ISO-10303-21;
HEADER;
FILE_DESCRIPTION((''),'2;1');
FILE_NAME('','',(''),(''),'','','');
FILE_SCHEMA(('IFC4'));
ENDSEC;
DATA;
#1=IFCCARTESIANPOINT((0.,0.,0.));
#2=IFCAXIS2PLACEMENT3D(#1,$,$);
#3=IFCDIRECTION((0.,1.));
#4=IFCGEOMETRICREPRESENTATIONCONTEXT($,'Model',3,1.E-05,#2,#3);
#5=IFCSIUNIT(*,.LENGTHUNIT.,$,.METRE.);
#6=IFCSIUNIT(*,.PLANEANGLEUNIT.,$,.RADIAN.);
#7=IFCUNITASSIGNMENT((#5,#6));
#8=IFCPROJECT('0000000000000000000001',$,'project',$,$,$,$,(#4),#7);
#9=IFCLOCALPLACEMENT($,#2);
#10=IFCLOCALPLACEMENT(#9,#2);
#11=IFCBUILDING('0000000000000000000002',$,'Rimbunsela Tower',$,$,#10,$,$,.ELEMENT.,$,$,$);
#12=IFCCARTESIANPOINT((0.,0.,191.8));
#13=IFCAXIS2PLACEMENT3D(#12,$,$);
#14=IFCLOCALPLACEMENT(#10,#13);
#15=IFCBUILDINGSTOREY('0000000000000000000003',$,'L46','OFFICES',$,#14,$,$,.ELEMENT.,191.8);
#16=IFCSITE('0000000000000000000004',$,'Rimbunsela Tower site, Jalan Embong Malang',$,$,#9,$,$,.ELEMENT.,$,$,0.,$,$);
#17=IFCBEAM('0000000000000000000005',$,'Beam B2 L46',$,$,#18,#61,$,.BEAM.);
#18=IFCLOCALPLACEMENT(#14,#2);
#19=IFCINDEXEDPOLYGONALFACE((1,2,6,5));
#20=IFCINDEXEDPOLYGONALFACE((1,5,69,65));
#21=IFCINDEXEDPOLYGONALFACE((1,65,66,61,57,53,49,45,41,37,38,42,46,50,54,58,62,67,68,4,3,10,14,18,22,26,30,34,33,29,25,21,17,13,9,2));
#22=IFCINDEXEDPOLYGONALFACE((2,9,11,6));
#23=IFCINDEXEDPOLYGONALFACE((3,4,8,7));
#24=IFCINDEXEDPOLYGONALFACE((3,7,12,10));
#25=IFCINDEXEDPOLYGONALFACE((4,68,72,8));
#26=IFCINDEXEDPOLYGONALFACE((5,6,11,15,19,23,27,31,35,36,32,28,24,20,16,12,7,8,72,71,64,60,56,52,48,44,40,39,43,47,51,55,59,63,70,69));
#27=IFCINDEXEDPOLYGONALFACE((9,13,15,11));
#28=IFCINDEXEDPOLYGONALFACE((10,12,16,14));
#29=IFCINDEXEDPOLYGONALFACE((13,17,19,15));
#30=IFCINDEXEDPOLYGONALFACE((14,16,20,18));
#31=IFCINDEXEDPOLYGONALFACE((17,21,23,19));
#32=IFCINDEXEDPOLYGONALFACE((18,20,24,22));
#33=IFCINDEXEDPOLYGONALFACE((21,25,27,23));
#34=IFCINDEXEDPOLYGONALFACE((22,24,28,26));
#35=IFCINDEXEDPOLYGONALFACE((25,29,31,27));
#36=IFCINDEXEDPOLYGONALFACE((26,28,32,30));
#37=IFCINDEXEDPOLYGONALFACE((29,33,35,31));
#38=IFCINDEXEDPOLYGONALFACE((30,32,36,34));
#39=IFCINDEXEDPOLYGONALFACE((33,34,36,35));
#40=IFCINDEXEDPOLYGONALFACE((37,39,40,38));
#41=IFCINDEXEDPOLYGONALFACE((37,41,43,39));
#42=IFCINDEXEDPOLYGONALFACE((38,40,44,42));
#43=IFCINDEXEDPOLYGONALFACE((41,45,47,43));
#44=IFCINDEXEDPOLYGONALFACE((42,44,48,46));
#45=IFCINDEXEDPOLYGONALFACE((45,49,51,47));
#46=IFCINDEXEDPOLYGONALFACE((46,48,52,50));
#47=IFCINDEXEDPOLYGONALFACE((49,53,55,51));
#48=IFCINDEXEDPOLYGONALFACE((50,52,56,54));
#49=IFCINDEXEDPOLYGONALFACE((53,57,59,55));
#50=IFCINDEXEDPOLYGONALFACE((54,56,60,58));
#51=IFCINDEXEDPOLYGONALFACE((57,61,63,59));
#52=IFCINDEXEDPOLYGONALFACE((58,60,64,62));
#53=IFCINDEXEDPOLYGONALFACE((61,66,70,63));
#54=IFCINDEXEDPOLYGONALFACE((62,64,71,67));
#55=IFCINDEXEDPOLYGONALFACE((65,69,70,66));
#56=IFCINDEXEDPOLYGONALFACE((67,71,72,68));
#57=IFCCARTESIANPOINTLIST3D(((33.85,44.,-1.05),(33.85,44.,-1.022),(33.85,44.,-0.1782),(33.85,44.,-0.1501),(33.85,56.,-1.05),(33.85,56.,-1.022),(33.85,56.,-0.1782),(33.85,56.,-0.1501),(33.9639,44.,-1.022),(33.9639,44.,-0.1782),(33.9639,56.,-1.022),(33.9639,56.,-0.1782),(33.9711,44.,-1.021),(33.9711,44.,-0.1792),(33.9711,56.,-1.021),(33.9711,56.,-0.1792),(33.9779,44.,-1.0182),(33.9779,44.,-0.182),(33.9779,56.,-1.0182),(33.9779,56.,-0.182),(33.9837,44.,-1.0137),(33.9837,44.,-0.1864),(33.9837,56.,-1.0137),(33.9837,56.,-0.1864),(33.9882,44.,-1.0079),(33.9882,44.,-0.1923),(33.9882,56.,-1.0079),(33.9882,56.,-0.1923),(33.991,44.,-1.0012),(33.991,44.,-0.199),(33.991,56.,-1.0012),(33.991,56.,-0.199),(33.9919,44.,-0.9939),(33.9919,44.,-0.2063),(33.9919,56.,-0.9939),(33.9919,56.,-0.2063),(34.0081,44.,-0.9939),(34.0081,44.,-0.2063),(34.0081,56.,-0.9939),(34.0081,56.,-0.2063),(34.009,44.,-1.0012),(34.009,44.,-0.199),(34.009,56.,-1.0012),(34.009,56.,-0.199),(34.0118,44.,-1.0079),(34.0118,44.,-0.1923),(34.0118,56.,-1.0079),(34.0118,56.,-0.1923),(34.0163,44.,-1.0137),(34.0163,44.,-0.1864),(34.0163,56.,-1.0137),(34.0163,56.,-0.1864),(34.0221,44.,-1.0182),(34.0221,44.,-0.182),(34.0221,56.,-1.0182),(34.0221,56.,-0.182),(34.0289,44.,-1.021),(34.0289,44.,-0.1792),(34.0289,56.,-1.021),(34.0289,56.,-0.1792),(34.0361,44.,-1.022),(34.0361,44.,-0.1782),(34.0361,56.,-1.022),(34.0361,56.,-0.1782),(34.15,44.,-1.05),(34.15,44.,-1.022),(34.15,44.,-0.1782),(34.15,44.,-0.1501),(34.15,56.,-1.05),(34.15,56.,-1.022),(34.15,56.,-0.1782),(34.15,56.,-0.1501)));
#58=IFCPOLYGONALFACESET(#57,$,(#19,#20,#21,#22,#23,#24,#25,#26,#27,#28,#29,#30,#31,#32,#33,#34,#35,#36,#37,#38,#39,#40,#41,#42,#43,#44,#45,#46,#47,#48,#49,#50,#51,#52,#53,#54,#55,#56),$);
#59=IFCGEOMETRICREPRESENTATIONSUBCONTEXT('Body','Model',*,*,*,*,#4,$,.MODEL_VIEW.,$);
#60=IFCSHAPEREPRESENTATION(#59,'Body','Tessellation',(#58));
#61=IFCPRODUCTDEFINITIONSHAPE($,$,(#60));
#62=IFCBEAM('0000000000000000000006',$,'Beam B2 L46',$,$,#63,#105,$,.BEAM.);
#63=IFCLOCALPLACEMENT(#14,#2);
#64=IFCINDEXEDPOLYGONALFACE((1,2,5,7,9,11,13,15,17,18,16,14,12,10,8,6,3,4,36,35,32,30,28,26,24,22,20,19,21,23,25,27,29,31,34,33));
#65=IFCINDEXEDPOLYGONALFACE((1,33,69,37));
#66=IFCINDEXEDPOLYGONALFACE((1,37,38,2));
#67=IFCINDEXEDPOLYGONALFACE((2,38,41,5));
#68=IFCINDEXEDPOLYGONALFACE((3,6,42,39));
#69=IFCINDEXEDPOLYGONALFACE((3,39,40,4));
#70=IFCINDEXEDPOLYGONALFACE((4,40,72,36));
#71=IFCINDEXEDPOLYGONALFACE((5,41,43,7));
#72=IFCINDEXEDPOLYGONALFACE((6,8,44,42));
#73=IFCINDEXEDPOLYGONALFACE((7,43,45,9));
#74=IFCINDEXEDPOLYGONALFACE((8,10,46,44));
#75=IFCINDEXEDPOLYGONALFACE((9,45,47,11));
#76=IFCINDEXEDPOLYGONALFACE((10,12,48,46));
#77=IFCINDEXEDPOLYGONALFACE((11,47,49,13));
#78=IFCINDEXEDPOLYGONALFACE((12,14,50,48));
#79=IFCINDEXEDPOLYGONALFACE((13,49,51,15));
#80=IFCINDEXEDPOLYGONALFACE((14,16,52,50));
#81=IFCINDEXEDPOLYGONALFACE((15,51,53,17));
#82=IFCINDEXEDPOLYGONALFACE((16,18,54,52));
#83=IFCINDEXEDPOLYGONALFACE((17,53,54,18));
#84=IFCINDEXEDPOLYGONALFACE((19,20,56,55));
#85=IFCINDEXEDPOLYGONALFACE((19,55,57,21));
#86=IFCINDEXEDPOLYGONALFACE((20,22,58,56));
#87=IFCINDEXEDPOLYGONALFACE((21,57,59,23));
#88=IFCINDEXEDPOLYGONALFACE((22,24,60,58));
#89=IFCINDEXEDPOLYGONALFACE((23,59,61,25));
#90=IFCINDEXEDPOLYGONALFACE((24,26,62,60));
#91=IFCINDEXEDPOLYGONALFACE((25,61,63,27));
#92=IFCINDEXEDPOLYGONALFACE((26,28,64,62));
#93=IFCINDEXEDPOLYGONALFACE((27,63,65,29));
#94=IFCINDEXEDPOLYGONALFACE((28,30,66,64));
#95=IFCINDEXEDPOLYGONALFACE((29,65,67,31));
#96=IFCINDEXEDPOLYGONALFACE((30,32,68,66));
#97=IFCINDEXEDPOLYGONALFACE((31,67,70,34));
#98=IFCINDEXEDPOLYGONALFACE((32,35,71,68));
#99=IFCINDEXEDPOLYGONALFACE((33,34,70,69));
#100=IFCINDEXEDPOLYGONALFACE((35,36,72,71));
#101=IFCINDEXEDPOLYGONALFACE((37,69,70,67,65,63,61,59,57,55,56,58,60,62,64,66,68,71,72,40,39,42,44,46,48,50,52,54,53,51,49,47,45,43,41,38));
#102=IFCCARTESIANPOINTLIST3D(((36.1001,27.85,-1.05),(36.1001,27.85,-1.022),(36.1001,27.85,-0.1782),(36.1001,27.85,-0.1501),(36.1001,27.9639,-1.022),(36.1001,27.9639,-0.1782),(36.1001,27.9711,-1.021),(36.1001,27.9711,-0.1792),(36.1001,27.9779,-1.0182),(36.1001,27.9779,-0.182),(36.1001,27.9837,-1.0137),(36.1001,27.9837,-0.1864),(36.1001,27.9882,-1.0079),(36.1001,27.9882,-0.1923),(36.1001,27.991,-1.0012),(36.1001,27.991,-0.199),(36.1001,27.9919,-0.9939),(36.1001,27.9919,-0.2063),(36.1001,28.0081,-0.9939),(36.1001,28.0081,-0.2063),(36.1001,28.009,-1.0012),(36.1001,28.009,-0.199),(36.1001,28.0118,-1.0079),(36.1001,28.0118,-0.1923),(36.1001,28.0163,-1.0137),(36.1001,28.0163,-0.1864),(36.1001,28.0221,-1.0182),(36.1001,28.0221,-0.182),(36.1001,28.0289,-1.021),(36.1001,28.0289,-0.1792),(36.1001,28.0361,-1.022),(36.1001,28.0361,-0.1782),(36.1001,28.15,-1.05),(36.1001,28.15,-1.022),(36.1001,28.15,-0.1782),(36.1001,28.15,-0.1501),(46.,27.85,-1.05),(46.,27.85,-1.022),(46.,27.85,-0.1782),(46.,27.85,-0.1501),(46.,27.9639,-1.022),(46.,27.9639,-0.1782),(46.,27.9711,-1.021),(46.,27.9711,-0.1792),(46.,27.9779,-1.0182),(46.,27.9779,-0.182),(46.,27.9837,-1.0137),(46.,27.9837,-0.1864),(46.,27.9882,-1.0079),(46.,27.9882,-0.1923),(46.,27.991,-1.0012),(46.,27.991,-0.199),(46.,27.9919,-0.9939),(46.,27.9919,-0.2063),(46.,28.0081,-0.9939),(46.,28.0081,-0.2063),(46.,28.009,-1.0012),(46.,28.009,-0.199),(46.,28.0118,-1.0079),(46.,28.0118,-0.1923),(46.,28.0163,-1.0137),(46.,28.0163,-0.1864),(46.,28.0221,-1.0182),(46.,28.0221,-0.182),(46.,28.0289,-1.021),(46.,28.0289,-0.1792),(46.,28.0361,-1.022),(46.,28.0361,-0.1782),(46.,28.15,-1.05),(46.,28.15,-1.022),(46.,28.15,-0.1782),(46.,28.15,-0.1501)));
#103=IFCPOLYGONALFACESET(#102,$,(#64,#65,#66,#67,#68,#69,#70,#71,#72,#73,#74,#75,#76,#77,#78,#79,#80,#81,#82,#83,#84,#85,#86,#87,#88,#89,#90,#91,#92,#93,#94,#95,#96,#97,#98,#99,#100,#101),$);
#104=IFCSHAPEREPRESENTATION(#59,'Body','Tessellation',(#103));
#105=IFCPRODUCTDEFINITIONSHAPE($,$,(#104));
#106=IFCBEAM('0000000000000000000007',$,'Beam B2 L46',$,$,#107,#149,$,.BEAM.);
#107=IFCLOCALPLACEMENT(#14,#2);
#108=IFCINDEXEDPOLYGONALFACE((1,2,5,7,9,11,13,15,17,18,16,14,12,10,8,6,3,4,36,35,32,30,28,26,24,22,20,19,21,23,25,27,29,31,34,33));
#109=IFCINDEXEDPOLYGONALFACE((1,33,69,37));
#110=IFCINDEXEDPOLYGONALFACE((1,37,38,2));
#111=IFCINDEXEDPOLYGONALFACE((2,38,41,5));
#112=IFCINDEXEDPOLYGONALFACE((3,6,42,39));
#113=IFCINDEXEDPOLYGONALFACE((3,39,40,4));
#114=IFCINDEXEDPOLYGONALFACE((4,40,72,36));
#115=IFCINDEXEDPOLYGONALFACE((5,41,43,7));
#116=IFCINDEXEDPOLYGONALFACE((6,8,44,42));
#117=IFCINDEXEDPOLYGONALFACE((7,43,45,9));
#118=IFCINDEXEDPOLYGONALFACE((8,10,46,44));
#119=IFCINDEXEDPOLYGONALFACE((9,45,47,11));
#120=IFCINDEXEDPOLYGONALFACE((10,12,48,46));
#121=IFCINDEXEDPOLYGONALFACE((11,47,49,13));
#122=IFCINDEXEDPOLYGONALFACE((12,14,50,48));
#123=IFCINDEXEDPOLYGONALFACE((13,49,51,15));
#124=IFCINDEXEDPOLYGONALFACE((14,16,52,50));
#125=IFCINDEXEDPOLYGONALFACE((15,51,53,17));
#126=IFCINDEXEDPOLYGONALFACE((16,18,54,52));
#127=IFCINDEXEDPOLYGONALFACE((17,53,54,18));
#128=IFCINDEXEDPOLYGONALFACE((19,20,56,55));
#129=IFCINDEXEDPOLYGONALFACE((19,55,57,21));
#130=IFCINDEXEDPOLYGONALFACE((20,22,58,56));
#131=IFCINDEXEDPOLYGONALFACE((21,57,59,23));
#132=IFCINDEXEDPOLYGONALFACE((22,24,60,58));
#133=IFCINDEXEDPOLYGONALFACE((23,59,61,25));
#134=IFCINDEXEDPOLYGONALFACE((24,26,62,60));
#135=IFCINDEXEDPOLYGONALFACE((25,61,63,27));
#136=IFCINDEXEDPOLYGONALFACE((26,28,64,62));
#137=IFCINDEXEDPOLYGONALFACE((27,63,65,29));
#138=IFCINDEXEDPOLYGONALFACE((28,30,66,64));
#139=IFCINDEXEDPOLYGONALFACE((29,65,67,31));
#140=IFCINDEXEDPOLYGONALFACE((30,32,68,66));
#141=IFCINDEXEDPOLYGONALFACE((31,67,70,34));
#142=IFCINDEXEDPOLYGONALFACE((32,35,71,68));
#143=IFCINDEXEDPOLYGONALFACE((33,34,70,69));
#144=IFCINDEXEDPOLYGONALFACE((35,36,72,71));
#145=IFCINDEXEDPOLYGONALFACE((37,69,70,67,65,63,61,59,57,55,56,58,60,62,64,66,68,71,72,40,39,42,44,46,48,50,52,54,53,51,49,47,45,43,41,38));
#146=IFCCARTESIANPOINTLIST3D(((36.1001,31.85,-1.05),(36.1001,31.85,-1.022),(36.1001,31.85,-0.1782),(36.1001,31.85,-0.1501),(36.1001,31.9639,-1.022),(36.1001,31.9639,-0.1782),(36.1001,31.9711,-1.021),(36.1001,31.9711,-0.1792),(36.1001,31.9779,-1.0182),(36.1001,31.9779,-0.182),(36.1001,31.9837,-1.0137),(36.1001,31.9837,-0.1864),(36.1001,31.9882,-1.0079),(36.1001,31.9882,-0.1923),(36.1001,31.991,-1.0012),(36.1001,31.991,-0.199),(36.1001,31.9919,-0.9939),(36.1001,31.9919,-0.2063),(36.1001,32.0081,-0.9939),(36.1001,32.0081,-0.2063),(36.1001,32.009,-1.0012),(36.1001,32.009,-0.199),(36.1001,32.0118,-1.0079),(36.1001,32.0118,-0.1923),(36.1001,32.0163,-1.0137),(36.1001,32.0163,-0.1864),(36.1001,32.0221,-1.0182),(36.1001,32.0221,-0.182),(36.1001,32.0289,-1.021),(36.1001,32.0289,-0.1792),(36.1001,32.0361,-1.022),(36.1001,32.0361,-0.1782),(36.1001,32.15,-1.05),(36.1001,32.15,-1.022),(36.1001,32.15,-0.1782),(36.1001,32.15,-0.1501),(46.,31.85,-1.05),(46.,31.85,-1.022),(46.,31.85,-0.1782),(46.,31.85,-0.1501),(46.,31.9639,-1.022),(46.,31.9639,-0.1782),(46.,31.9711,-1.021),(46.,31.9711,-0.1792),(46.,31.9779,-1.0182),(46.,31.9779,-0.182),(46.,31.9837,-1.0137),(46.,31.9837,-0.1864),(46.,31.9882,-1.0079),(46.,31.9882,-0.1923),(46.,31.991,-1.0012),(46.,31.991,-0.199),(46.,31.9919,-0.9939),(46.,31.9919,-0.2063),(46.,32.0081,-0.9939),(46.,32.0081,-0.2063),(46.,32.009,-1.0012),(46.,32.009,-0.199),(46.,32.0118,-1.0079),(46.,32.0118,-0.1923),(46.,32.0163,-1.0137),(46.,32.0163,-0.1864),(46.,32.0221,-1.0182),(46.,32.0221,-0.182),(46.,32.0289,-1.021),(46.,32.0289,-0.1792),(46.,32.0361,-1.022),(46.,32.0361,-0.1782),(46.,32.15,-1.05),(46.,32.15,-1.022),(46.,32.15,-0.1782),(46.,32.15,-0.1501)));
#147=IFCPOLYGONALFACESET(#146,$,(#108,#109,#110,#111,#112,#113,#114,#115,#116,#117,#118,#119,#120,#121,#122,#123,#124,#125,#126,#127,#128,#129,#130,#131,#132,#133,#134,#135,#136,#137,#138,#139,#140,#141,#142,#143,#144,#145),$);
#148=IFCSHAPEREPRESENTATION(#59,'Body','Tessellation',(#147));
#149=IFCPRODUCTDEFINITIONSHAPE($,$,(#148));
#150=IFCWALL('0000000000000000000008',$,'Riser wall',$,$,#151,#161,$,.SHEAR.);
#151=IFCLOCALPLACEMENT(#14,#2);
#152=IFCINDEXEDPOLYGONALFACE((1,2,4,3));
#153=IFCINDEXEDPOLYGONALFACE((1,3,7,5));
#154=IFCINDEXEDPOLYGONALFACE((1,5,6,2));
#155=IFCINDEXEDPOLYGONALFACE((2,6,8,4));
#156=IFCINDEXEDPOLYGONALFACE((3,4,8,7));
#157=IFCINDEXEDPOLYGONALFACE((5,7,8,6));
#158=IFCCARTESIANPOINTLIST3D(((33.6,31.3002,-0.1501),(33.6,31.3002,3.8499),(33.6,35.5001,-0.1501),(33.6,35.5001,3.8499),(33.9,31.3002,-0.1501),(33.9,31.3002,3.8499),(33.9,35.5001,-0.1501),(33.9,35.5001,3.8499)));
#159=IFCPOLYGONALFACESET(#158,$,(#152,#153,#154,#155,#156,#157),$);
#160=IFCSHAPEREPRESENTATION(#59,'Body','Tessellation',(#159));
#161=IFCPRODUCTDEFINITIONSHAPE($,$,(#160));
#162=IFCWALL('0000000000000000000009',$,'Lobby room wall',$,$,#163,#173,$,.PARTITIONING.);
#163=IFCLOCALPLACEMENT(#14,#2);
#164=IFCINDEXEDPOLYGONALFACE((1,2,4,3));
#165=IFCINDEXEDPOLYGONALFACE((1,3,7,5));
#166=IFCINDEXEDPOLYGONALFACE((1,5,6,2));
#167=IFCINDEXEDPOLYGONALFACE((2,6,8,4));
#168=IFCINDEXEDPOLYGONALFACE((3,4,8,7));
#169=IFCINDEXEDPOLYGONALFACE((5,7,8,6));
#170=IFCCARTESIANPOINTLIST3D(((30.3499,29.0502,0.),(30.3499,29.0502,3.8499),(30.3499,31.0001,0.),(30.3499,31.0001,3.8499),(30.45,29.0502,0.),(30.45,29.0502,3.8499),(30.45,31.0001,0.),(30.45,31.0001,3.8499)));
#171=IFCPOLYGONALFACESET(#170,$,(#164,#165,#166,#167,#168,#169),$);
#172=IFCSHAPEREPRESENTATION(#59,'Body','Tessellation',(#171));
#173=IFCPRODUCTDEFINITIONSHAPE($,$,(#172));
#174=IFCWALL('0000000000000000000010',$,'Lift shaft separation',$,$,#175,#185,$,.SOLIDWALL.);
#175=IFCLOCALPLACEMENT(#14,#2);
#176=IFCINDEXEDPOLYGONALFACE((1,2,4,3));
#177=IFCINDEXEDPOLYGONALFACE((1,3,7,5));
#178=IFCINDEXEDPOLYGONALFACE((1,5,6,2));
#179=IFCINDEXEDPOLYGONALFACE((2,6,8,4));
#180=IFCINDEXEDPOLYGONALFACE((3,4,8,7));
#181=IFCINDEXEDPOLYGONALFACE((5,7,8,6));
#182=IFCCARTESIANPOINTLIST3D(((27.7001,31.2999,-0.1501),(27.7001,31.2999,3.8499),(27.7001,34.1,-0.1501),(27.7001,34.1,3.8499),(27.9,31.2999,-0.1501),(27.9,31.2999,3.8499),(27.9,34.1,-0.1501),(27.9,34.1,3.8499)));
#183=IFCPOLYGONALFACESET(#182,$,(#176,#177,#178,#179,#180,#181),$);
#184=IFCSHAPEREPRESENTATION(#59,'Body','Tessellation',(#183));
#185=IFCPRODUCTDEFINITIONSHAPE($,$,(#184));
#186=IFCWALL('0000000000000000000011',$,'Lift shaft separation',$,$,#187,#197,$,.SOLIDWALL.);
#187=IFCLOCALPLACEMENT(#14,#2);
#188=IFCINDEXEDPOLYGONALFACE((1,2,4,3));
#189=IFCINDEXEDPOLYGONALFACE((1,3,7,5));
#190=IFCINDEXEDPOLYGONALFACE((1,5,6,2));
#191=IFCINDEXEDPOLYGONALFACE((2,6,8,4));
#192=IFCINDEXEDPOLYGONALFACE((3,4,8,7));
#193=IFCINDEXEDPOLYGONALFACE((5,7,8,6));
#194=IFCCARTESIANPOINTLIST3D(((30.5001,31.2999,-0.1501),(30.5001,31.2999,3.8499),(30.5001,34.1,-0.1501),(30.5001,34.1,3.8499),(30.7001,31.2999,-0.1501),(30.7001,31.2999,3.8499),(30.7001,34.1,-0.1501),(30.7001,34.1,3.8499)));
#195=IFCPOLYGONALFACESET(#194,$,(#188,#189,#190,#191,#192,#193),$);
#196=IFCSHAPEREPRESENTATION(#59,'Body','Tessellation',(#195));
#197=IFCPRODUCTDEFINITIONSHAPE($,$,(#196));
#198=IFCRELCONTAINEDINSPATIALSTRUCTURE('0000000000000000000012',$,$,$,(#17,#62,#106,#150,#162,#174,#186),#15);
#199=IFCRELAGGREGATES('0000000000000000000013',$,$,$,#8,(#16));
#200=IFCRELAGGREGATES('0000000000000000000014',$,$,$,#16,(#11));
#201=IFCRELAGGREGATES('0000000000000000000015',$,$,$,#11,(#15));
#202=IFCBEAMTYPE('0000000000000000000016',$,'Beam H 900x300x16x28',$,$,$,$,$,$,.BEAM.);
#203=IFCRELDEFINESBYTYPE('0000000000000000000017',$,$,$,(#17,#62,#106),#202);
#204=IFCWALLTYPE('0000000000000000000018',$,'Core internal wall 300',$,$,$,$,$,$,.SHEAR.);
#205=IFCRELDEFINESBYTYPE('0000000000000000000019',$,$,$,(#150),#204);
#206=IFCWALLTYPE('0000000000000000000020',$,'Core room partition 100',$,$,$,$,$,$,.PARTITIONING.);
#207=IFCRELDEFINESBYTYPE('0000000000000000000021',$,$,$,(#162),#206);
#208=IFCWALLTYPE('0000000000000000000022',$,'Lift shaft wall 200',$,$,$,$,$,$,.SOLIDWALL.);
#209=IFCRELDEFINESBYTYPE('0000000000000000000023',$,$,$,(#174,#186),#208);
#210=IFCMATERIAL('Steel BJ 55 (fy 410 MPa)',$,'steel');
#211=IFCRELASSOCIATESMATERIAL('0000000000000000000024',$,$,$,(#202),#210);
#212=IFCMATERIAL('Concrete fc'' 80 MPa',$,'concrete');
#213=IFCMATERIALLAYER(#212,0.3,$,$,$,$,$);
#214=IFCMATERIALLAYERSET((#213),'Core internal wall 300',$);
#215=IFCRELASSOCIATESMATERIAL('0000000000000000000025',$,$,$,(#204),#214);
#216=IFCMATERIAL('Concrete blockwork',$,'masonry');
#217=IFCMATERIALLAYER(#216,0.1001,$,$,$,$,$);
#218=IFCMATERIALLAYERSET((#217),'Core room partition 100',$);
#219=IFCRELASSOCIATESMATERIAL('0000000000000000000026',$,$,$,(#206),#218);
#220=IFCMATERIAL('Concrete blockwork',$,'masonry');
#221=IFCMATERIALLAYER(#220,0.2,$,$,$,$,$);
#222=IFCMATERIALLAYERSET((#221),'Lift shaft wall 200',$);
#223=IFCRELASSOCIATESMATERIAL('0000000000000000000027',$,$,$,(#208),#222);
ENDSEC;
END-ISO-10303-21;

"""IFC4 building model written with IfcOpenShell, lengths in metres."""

from ifc_helpers import new_model, si_unit, direction, frame, frame_2d, origin, origin_2d, place, context, subcontext, project, spatial, rectangle, i_section, extrude, material, layer, layer_set, material_profile, profile_set, type_object, element, save


model = new_model("IFC4")

# Units and contexts
model_context = context("Model", 3, precision=1e-05, world=origin(), true_north=direction((0.0, 1.0)))
body_context = subcontext(model_context, "Body", "Model", "MODEL_VIEW")
ifc_project = project(units=[si_unit("LENGTHUNIT", "METRE"), si_unit("PLANEANGLEUNIT", "RADIAN")], contexts=[model_context])

# Site, building, storey
site_placement = place(None, origin())
site = spatial("IfcSite", under=ifc_project, at=site_placement, Name="Rimbunsela Tower site, Jalan Embong Malang", CompositionType="ELEMENT", RefElevation=0.0)
building_placement = place(site_placement, origin())
building = spatial("IfcBuilding", under=site, at=building_placement, Name="Rimbunsela Tower", CompositionType="ELEMENT")
storey_placement = place(building_placement, frame((0.0, 0.0, 191.8)))
storey = spatial("IfcBuildingStorey", under=building, at=storey_placement, Name="L46", Description="OFFICES", CompositionType="ELEMENT", Elevation=191.8)

# Beams
ifc_material_1 = material(Name="Steel BJ 55 (fy 410 MPa)", Category="steel")
ifc_material_profile_1 = material_profile(ifc_material_1, i_section(OverallWidth=0.3, OverallDepth=0.8999, WebThickness=0.0161, FlangeThickness=0.0281, FilletRadius=0.0281, at=origin_2d()), Name="H 900x300x16x28")
ifc_profile_set_1 = profile_set([ifc_material_profile_1], Name="Steel BJ 55 (fy 410 MPa)")
beam_type_1 = type_object("IfcBeamType", Name="Beam H 900x300x16x28", PredefinedType="BEAM", material=ifc_profile_set_1)
for number, where, z_axis, x_axis, name in (
    (1, (34.0, 44.0, -0.6001), (0.0, 1.0, 0.0), (-1.0, 0.0, 0.0), "Beam B2 L46"),
):
    element("IfcBeam", number, at=place(storey_placement, frame(where, z_axis=z_axis, x_axis=x_axis)), inside=storey, type_object=beam_type_1, Name=name, PredefinedType="BEAM", context=body_context, shape_type="SweptSolid", body=[
        extrude(i_section(OverallWidth=0.3, OverallDepth=0.8999, WebThickness=0.0161, FlangeThickness=0.0281, FilletRadius=0.0281, at=origin_2d()), origin(), (0.0, 0.0, 1.0), 12.0),
    ])
for number, where, z_axis, x_axis, name in (
    (2, (36.1001, 28.0, -0.6001), (1.0, 0.0, 0.0), (0.0, 1.0, 0.0), "Beam B2 L46"),
    (3, (36.1001, 32.0, -0.6001), (1.0, 0.0, 0.0), (0.0, 1.0, 0.0), "Beam B2 L46"),
):
    element("IfcBeam", number, at=place(storey_placement, frame(where, z_axis=z_axis, x_axis=x_axis)), inside=storey, type_object=beam_type_1, Name=name, PredefinedType="BEAM", context=body_context, shape_type="SweptSolid", body=[
        extrude(i_section(OverallWidth=0.3, OverallDepth=0.8999, WebThickness=0.0161, FlangeThickness=0.0281, FilletRadius=0.0281, at=origin_2d()), origin(), (0.0, 0.0, 1.0), 9.8999),
    ])

# Walls
ifc_material_2 = material(Name="Concrete fc' 80 MPa", Category="concrete")
ifc_layer_1 = layer(ifc_material_2, 0.3)
ifc_layer_set_1 = layer_set([ifc_layer_1], Name="Core internal wall 300")
wall_type_1 = type_object("IfcWallType", Name="Core internal wall 300", PredefinedType="SHEAR", material=ifc_layer_set_1)
wall_1_placement = place(storey_placement, frame((33.75, 31.3, -0.1501), z_axis=(0.0, 0.0, 1.0), x_axis=(0.0, 1.0, 0.0)))
element("IfcWall", 4, at=wall_1_placement, inside=storey, type_object=wall_type_1, Name="Riser wall", PredefinedType="SHEAR", context=body_context, shape_type="SweptSolid", body=[
    extrude(rectangle(XDim=4.2, YDim=0.3, at=frame_2d((2.1001, 0.0))), origin(), (0.0, 0.0, 1.0), 4.0),
])
ifc_material_3 = material(Name="Concrete blockwork", Category="masonry")
ifc_layer_2 = layer(ifc_material_3, 0.1001)
ifc_layer_set_2 = layer_set([ifc_layer_2], Name="Core room partition 100")
wall_type_2 = type_object("IfcWallType", Name="Core room partition 100", PredefinedType="PARTITIONING", material=ifc_layer_set_2)
wall_2_placement = place(storey_placement, frame((30.3999, 29.05, 0.0), z_axis=(0.0, 0.0, 1.0), x_axis=(0.0, 1.0, 0.0)))
element("IfcWall", 5, at=wall_2_placement, inside=storey, type_object=wall_type_2, Name="Lobby room wall", PredefinedType="PARTITIONING", context=body_context, shape_type="SweptSolid", body=[
    extrude(rectangle(XDim=1.95, YDim=0.1001, at=frame_2d((0.9751, 0.0))), origin(), (0.0, 0.0, 1.0), 3.8499),
])
ifc_material_4 = material(Name="Concrete blockwork", Category="masonry")
ifc_layer_3 = layer(ifc_material_4, 0.2)
ifc_layer_set_3 = layer_set([ifc_layer_3], Name="Lift shaft wall 200")
wall_type_3 = type_object("IfcWallType", Name="Lift shaft wall 200", PredefinedType="SOLIDWALL", material=ifc_layer_set_3)
for number, where, z_axis, x_axis, name in (
    (6, (27.8, 31.3, -0.1501), (0.0, 0.0, 1.0), (0.0, 1.0, 0.0), "Lift shaft separation"),
    (7, (30.6001, 31.3, -0.1501), (0.0, 0.0, 1.0), (0.0, 1.0, 0.0), "Lift shaft separation"),
):
    element("IfcWall", number, at=place(storey_placement, frame(where, z_axis=z_axis, x_axis=x_axis)), inside=storey, type_object=wall_type_3, Name=name, PredefinedType="SOLIDWALL", context=body_context, shape_type="SweptSolid", body=[
        extrude(rectangle(XDim=2.8, YDim=0.2, at=frame_2d((1.3999, 0.0))), origin(), (0.0, 0.0, 1.0), 4.0),
    ])

save(model, "model.ifc")
